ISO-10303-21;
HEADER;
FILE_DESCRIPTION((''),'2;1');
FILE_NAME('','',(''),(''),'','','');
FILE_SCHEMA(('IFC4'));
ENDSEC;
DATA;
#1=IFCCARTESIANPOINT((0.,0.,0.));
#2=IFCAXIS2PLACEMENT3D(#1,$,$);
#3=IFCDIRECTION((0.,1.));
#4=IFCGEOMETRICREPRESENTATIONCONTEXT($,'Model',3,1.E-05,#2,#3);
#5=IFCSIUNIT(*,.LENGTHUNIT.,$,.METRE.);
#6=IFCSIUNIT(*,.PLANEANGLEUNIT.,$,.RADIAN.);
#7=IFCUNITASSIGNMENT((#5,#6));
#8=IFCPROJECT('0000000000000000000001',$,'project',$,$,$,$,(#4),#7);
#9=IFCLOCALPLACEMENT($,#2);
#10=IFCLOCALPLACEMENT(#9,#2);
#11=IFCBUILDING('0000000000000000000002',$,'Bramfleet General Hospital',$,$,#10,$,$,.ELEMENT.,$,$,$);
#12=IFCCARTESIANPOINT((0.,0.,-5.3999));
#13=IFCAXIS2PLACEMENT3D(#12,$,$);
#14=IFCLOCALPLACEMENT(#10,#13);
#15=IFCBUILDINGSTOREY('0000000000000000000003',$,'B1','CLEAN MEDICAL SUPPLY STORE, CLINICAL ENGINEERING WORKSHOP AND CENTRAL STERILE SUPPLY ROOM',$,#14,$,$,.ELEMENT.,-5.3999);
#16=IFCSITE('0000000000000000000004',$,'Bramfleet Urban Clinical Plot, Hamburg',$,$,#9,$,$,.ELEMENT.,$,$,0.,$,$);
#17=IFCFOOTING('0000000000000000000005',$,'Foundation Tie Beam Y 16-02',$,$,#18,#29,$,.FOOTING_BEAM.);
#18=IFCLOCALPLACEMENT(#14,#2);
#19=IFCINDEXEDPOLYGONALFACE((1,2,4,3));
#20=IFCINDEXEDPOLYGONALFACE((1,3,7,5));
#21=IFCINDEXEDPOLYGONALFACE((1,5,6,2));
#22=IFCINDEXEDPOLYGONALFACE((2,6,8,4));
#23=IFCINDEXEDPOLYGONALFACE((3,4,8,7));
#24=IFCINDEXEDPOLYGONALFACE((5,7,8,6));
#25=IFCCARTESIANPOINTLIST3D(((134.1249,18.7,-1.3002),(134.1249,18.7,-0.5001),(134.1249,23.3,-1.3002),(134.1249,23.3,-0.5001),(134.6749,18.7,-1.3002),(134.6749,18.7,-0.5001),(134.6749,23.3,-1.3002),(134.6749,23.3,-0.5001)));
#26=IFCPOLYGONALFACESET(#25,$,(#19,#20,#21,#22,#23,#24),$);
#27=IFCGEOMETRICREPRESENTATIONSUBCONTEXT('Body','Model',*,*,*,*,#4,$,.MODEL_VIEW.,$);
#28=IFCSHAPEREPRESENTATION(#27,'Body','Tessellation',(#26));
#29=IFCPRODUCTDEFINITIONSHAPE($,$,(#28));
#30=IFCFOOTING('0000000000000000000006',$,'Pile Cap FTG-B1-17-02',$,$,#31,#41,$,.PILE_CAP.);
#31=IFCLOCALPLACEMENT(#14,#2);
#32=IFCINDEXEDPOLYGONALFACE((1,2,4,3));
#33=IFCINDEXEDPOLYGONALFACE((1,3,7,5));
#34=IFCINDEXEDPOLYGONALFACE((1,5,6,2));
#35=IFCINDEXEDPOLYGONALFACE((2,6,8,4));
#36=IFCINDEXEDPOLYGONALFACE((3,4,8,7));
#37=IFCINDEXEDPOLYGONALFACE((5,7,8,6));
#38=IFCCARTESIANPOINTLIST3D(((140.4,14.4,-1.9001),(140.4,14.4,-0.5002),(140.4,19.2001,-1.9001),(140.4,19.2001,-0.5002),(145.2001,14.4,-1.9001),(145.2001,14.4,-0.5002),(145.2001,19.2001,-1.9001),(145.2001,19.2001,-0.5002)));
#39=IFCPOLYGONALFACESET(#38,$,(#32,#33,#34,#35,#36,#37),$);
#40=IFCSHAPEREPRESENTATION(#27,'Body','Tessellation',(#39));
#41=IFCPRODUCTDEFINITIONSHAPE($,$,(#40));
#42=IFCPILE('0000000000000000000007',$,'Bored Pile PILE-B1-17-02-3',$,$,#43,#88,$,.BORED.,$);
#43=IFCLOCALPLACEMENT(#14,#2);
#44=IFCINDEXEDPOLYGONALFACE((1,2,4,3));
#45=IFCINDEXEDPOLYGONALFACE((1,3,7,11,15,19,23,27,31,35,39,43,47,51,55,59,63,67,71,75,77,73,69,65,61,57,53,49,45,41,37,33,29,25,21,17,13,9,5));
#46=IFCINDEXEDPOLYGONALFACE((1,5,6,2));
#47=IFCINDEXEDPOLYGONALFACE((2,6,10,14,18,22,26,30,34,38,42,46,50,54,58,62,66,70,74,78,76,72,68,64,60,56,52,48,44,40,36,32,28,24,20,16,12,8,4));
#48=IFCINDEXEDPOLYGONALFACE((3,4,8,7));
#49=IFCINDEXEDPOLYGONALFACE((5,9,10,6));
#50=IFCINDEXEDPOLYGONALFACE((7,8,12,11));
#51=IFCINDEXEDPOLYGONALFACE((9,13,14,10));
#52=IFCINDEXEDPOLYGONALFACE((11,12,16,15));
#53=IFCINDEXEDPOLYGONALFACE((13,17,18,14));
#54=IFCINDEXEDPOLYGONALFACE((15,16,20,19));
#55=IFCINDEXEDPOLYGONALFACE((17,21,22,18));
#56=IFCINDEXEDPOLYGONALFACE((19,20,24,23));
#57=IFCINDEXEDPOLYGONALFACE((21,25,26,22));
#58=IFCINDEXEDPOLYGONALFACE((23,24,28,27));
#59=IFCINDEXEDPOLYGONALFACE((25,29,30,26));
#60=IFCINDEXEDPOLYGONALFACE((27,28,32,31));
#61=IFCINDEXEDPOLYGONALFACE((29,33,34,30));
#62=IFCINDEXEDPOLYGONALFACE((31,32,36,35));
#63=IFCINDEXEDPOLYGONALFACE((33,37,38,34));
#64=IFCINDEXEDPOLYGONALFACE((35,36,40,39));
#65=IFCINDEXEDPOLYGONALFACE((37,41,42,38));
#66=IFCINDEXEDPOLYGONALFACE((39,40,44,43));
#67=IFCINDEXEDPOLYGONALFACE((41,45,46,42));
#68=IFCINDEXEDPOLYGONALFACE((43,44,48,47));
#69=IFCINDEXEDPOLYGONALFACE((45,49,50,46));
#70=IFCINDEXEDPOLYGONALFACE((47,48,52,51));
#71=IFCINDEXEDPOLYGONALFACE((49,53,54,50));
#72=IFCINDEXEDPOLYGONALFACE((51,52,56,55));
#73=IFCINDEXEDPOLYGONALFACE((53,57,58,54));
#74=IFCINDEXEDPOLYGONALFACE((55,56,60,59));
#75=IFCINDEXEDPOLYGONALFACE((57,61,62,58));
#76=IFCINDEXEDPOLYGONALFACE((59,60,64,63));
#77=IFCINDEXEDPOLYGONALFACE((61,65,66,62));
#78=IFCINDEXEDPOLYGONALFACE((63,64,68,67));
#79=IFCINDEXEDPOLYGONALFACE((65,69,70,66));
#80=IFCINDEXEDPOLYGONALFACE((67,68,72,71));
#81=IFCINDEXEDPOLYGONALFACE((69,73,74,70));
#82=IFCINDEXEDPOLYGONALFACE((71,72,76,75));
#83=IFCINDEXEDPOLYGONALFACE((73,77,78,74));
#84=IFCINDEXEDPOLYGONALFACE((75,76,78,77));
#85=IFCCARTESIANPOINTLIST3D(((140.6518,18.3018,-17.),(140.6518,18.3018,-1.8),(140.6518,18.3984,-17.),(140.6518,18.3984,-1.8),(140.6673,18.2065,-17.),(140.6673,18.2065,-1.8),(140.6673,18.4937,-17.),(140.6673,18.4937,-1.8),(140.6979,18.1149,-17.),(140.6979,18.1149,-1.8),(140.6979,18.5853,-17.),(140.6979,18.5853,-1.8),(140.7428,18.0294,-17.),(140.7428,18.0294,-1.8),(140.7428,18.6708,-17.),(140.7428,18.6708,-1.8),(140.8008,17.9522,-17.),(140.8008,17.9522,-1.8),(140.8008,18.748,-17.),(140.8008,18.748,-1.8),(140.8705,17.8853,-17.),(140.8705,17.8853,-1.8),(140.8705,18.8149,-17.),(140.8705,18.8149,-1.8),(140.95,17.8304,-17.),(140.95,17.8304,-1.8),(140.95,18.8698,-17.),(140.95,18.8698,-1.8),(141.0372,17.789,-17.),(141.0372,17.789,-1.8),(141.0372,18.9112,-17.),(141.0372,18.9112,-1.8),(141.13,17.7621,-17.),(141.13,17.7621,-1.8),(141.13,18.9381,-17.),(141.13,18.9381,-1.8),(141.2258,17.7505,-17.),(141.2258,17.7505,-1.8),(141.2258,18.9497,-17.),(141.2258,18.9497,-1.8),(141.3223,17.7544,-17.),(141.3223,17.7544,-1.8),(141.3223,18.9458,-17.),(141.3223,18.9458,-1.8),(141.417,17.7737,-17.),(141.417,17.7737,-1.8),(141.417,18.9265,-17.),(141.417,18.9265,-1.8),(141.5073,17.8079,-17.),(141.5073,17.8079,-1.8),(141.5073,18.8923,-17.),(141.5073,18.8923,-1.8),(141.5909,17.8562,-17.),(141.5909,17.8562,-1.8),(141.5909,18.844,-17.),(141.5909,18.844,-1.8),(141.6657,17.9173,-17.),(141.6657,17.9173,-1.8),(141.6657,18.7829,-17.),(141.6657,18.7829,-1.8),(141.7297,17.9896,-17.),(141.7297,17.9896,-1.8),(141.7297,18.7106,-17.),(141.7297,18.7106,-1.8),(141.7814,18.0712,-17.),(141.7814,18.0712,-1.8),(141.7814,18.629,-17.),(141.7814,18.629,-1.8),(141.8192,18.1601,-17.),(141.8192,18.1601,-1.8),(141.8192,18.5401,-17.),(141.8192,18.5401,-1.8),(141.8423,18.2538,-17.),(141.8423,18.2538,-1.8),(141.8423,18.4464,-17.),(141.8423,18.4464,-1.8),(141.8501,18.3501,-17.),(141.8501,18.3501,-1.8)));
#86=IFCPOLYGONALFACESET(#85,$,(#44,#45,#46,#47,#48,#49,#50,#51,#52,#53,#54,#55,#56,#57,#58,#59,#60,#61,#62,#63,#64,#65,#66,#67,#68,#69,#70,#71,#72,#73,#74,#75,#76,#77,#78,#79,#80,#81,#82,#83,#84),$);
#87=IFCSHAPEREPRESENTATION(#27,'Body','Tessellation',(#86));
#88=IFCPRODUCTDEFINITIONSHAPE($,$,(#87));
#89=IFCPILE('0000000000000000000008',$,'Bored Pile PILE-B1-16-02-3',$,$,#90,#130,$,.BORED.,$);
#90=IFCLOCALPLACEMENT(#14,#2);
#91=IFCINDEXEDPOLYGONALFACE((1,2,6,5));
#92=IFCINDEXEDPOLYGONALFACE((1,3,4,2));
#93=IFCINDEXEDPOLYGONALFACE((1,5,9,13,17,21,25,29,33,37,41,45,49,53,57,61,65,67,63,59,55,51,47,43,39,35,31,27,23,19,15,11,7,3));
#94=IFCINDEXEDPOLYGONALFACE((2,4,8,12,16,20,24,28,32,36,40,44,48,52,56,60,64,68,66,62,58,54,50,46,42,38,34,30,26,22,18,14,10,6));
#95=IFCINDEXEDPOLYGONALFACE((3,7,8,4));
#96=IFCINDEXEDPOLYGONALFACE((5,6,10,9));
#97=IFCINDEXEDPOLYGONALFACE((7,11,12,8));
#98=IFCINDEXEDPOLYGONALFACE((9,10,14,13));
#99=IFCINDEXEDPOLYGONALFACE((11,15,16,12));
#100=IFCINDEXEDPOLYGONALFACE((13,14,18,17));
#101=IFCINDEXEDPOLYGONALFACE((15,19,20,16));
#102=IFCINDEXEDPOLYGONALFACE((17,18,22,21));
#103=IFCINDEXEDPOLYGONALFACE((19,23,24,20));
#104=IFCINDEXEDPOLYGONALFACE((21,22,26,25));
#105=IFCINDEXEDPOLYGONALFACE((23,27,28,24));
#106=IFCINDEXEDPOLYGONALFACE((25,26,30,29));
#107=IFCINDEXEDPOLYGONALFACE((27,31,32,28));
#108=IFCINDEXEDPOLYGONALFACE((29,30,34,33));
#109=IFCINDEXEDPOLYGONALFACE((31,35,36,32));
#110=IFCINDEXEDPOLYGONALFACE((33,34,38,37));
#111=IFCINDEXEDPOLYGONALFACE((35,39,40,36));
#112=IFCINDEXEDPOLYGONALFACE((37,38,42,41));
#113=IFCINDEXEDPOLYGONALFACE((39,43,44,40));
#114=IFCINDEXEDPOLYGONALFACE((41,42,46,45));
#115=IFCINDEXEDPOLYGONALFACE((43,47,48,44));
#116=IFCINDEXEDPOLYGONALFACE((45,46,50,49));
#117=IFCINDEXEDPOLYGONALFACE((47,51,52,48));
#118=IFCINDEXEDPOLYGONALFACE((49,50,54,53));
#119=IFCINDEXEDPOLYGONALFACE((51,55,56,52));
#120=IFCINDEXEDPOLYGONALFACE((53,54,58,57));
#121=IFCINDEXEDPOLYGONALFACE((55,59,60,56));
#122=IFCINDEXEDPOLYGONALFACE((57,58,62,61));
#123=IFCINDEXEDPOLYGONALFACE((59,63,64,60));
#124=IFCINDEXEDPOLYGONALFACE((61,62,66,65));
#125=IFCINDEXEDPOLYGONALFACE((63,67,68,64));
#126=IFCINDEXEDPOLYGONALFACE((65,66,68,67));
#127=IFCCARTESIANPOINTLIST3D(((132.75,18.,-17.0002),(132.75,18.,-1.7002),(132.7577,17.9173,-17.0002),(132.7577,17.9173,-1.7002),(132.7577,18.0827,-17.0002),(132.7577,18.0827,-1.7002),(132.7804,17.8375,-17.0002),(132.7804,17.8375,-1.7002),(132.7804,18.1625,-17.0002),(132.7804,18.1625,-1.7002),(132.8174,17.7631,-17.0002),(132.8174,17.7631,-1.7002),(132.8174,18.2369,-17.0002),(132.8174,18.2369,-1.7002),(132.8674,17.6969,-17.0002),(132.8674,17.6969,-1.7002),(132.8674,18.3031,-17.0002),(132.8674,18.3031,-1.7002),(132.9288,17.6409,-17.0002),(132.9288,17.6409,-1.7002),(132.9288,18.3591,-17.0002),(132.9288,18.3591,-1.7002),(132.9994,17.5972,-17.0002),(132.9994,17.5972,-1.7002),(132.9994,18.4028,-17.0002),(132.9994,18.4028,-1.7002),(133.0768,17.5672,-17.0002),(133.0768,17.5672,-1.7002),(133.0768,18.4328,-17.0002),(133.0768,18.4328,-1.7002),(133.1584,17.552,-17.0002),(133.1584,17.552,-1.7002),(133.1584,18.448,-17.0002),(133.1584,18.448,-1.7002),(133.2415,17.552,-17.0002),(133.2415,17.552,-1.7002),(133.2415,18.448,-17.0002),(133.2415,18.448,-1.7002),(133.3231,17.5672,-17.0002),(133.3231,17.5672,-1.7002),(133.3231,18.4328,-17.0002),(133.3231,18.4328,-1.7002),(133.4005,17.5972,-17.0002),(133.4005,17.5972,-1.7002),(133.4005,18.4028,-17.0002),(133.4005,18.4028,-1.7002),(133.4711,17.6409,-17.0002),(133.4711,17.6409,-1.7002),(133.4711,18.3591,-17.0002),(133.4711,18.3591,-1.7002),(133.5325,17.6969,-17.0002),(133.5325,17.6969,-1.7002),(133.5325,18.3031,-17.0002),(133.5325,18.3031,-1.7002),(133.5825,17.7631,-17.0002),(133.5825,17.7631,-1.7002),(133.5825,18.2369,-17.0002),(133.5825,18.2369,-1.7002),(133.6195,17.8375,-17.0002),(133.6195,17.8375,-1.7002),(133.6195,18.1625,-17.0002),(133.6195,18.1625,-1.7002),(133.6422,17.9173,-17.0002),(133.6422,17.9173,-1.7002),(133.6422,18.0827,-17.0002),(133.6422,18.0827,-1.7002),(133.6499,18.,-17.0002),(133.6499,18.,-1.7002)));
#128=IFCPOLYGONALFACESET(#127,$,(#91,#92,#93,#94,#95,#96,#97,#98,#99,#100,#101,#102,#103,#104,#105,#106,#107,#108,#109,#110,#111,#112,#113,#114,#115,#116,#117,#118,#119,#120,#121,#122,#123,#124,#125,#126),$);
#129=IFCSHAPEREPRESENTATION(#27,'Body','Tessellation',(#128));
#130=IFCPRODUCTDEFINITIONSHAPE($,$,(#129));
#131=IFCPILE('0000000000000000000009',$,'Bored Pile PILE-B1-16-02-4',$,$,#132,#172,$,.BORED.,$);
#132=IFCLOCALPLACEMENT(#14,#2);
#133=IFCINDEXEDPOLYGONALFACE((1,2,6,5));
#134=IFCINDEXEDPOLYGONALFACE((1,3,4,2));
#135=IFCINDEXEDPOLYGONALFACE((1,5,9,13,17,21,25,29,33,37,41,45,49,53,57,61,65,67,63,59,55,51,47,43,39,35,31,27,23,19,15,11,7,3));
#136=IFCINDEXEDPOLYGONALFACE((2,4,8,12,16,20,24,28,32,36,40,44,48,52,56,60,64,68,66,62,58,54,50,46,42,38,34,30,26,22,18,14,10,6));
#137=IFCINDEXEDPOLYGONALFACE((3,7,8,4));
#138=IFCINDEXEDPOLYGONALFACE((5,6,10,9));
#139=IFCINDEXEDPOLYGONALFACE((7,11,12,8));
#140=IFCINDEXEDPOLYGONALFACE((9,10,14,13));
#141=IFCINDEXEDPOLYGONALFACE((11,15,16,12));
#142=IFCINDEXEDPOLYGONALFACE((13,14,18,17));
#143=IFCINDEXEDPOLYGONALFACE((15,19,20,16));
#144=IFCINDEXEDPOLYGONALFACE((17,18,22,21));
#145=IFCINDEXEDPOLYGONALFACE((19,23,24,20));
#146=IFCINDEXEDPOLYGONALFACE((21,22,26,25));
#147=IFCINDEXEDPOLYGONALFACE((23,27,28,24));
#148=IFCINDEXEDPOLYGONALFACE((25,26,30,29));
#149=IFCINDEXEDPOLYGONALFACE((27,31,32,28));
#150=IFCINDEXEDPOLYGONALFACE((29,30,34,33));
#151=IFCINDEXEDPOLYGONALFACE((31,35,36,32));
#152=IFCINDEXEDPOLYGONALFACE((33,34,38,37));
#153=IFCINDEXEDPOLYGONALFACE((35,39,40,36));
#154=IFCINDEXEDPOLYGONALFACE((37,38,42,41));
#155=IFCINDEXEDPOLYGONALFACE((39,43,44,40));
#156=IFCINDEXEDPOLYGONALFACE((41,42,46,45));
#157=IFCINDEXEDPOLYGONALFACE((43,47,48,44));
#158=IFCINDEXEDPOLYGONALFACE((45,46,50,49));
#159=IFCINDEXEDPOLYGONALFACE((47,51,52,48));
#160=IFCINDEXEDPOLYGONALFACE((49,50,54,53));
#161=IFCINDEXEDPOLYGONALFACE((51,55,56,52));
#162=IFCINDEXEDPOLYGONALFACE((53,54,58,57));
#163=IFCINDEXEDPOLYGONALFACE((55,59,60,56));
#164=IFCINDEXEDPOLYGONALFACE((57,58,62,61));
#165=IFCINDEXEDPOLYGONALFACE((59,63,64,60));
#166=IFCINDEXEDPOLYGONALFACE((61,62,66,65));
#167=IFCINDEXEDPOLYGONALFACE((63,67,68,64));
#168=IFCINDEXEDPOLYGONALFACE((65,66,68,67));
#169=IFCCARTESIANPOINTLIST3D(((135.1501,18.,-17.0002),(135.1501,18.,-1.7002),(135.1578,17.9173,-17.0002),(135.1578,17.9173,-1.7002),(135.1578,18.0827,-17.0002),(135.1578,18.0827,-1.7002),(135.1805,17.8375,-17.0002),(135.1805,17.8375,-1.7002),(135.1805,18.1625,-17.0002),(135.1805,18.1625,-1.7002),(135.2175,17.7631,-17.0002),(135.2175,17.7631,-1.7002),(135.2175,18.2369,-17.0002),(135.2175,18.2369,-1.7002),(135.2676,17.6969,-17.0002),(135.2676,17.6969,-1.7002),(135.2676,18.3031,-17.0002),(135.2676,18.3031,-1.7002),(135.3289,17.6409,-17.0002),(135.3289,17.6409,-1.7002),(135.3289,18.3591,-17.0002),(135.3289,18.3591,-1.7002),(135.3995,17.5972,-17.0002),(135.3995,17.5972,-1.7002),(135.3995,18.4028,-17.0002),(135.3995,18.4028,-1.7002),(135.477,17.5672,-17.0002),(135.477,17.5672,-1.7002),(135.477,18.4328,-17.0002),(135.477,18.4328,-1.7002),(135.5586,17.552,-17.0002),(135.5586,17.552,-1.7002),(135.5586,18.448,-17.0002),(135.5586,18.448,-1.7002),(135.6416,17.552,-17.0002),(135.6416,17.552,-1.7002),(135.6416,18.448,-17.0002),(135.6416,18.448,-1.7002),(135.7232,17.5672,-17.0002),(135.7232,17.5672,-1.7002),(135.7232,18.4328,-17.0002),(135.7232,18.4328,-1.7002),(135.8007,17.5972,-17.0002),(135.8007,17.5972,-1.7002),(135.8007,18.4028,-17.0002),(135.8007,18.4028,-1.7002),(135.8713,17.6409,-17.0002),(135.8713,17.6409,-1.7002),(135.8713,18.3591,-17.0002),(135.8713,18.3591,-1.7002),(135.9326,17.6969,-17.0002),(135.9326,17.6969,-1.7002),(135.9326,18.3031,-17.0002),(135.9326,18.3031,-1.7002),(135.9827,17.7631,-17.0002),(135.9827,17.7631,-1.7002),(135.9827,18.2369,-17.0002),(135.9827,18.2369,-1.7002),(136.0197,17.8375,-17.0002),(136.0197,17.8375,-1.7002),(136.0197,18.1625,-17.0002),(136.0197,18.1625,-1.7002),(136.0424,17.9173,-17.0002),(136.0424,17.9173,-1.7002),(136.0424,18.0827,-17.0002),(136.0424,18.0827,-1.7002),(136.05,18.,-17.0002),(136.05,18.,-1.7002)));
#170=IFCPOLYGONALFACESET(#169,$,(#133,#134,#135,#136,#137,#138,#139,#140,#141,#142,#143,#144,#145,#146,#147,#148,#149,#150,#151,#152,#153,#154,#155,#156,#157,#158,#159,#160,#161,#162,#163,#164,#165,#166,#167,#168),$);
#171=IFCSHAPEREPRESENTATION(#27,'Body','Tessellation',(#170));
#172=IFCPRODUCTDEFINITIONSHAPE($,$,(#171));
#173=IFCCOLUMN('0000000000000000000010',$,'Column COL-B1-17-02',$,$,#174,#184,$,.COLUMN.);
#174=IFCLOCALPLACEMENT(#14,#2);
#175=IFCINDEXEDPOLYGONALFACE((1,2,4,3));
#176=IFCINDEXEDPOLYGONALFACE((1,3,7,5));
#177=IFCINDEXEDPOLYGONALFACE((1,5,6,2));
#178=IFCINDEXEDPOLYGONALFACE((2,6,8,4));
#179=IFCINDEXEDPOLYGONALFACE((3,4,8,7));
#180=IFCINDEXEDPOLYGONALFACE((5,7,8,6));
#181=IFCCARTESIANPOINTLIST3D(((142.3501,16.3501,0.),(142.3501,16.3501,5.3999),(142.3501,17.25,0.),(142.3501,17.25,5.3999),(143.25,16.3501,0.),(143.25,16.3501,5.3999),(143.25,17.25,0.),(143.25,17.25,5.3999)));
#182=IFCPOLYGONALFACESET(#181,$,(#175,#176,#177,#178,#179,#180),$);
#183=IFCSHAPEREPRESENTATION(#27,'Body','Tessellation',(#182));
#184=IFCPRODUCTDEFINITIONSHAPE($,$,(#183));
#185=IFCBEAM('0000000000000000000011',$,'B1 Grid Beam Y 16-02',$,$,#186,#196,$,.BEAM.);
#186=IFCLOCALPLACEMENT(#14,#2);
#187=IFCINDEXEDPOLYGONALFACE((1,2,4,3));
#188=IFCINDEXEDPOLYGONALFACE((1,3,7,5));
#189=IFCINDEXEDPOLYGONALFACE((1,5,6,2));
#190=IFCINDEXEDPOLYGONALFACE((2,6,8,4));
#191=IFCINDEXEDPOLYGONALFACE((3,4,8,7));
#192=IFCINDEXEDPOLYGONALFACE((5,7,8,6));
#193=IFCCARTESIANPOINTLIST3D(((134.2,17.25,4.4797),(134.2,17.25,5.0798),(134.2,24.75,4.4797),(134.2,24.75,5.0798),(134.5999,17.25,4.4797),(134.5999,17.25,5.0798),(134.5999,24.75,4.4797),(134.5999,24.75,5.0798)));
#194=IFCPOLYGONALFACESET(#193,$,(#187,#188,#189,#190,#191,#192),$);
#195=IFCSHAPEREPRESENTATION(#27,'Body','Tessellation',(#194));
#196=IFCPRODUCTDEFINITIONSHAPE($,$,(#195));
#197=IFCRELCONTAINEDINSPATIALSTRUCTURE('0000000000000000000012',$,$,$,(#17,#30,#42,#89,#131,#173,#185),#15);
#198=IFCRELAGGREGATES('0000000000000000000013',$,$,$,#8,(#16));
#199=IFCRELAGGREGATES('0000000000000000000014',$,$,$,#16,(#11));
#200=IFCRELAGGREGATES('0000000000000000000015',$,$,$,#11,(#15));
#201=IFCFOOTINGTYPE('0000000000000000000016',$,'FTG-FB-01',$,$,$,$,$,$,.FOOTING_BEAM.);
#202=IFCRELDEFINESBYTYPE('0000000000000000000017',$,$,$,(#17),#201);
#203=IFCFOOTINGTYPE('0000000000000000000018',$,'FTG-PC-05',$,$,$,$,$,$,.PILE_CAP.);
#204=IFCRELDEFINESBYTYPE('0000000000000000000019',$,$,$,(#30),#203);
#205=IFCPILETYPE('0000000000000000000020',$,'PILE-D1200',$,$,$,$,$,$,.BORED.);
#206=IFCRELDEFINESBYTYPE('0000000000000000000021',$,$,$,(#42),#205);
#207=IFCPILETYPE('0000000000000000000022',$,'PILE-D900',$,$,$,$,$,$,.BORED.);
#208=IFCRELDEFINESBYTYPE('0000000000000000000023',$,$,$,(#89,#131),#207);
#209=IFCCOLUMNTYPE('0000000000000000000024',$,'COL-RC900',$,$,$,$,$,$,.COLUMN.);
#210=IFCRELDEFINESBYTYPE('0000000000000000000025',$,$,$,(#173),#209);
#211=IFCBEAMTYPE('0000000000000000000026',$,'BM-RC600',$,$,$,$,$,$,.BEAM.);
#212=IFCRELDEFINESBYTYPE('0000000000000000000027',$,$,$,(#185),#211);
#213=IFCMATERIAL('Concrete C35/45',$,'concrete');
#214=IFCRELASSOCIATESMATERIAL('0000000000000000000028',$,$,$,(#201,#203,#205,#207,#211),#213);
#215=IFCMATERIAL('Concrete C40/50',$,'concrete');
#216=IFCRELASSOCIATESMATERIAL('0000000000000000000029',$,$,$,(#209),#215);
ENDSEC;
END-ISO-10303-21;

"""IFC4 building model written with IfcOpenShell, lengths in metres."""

from ifc_helpers import new_model, si_unit, direction, frame, origin, origin_2d, place, context, subcontext, project, spatial, rectangle, circle, extrude, material, material_profile, profile_set, type_object, element, save


model = new_model("IFC4")

# Units and contexts
model_context = context("Model", 3, precision=1e-05, world=origin(), true_north=direction((0.0, 1.0)))
body_context = subcontext(model_context, "Body", "Model", "MODEL_VIEW")
ifc_project = project(units=[si_unit("LENGTHUNIT", "METRE"), si_unit("PLANEANGLEUNIT", "RADIAN")], contexts=[model_context])

# Site, building, storey
site_placement = place(None, origin())
site = spatial("IfcSite", under=ifc_project, at=site_placement, Name="Bramfleet Urban Clinical Plot, Hamburg", CompositionType="ELEMENT", RefElevation=0.0)
building_placement = place(site_placement, origin())
building = spatial("IfcBuilding", under=site, at=building_placement, Name="Bramfleet General Hospital", CompositionType="ELEMENT")
storey_placement = place(building_placement, frame((0.0, 0.0, -5.3999)))
storey = spatial("IfcBuildingStorey", under=building, at=storey_placement, Name="B1", Description="CLEAN MEDICAL SUPPLY STORE, CLINICAL ENGINEERING WORKSHOP AND CENTRAL STERILE SUPPLY ROOM", CompositionType="ELEMENT", Elevation=-5.3999)

# Footings
ifc_material_1 = material(Name="Concrete C35/45", Category="concrete")
ifc_material_profile_1 = material_profile(ifc_material_1, rectangle(XDim=0.55, YDim=0.8, at=origin_2d()), Name="RC FB 800x550")
ifc_profile_set_1 = profile_set([ifc_material_profile_1], Name="Concrete C35/45")
footing_type_1 = type_object("IfcFootingType", Name="FTG-FB-01", PredefinedType="FOOTING_BEAM", material=ifc_profile_set_1)
footing_1_placement = place(storey_placement, frame((134.3999, 18.7, -0.9001), z_axis=(0.0, 1.0, 0.0), x_axis=(-1.0, 0.0, 0.0)))
element("IfcFooting", 1, at=footing_1_placement, inside=storey, type_object=footing_type_1, Name="Foundation Tie Beam Y 16-02", PredefinedType="FOOTING_BEAM", context=body_context, shape_type="SweptSolid", body=[
    extrude(rectangle(XDim=0.55, YDim=0.8, at=origin_2d()), origin(), (0.0, 0.0, 1.0), 4.6001),
])
footing_type_2 = type_object("IfcFootingType", Name="FTG-PC-05", PredefinedType="PILE_CAP", material=ifc_material_1)
footing_2_placement = place(storey_placement, frame((142.8, 16.8, -1.9001), z_axis=(0.0, 0.0, 1.0), x_axis=(1.0, 0.0, 0.0)))
element("IfcFooting", 2, at=footing_2_placement, inside=storey, type_object=footing_type_2, Name="Pile Cap FTG-B1-17-02", PredefinedType="PILE_CAP", context=body_context, shape_type="SweptSolid", body=[
    extrude(rectangle(XDim=4.8, YDim=4.8, at=origin_2d()), origin(), (0.0, 0.0, 1.0), 1.3999),
])

# Piles
ifc_material_profile_2 = material_profile(ifc_material_1, circle(Radius=0.6001, at=origin_2d()), Name="PILE BORED D1200")
ifc_profile_set_2 = profile_set([ifc_material_profile_2], Name="Concrete C35/45")
pile_type_1 = type_object("IfcPileType", Name="PILE-D1200", PredefinedType="BORED", material=ifc_profile_set_2)
pile_placement = place(storey_placement, frame((141.25, 18.3501, -1.8), z_axis=(0.0, 0.0, -1.0), x_axis=(1.0, 0.0, 0.0)))
element("IfcPile", 3, at=pile_placement, inside=storey, type_object=pile_type_1, Name="Bored Pile PILE-B1-17-02-3", PredefinedType="BORED", context=body_context, shape_type="SweptSolid", body=[
    extrude(circle(Radius=0.6001, at=origin_2d()), origin(), (0.0, 0.0, 1.0), 15.2),
])
ifc_material_profile_3 = material_profile(ifc_material_1, circle(Radius=0.45, at=origin_2d()), Name="PILE BORED D900")
ifc_profile_set_3 = profile_set([ifc_material_profile_3], Name="Concrete C35/45")
pile_type_2 = type_object("IfcPileType", Name="PILE-D900", PredefinedType="BORED", material=ifc_profile_set_3)
for number, where, z_axis, x_axis, name in (
    (4, (133.2, 18.0, -1.7002), (0.0, 0.0, -1.0), (1.0, 0.0, 0.0), "Bored Pile PILE-B1-16-02-3"),
    (5, (135.6001, 18.0, -1.7002), (0.0, 0.0, -1.0), (1.0, 0.0, 0.0), "Bored Pile PILE-B1-16-02-4"),
):
    element("IfcPile", number, at=place(storey_placement, frame(where, z_axis=z_axis, x_axis=x_axis)), inside=storey, type_object=pile_type_2, Name=name, PredefinedType="BORED", context=body_context, shape_type="SweptSolid", body=[
        extrude(circle(Radius=0.45, at=origin_2d()), origin(), (0.0, 0.0, 1.0), 15.3),
    ])

# Column
ifc_material_2 = material(Name="Concrete C40/50", Category="concrete")
ifc_material_profile_4 = material_profile(ifc_material_2, rectangle(XDim=0.8999, YDim=0.8999, at=origin_2d()), Name="RC COL 900x900")
ifc_profile_set_4 = profile_set([ifc_material_profile_4], Name="Concrete C40/50")
column_type = type_object("IfcColumnType", Name="COL-RC900", PredefinedType="COLUMN", material=ifc_profile_set_4)
column_placement = place(storey_placement, frame((142.8, 16.8, 0.0), z_axis=(0.0, 0.0, 1.0), x_axis=(1.0, 0.0, 0.0)))
element("IfcColumn", 6, at=column_placement, inside=storey, type_object=column_type, Name="Column COL-B1-17-02", PredefinedType="COLUMN", context=body_context, shape_type="SweptSolid", body=[
    extrude(rectangle(XDim=0.8999, YDim=0.8999, at=origin_2d()), origin(), (0.0, 0.0, 1.0), 5.3999),
])

# Beam
ifc_material_profile_5 = material_profile(ifc_material_1, rectangle(XDim=0.3999, YDim=0.6001, at=origin_2d()), Name="RC BM 600x400")
ifc_profile_set_5 = profile_set([ifc_material_profile_5], Name="Concrete C35/45")
beam_type = type_object("IfcBeamType", Name="BM-RC600", PredefinedType="BEAM", material=ifc_profile_set_5)
beam_placement = place(storey_placement, frame((134.3999, 17.25, 4.7798), z_axis=(0.0, 1.0, 0.0), x_axis=(-1.0, 0.0, 0.0)))
element("IfcBeam", 7, at=beam_placement, inside=storey, type_object=beam_type, Name="B1 Grid Beam Y 16-02", PredefinedType="BEAM", context=body_context, shape_type="SweptSolid", body=[
    extrude(rectangle(XDim=0.3999, YDim=0.6001, at=origin_2d()), origin(), (0.0, 0.0, 1.0), 7.5),
])

save(model, "model.ifc")
